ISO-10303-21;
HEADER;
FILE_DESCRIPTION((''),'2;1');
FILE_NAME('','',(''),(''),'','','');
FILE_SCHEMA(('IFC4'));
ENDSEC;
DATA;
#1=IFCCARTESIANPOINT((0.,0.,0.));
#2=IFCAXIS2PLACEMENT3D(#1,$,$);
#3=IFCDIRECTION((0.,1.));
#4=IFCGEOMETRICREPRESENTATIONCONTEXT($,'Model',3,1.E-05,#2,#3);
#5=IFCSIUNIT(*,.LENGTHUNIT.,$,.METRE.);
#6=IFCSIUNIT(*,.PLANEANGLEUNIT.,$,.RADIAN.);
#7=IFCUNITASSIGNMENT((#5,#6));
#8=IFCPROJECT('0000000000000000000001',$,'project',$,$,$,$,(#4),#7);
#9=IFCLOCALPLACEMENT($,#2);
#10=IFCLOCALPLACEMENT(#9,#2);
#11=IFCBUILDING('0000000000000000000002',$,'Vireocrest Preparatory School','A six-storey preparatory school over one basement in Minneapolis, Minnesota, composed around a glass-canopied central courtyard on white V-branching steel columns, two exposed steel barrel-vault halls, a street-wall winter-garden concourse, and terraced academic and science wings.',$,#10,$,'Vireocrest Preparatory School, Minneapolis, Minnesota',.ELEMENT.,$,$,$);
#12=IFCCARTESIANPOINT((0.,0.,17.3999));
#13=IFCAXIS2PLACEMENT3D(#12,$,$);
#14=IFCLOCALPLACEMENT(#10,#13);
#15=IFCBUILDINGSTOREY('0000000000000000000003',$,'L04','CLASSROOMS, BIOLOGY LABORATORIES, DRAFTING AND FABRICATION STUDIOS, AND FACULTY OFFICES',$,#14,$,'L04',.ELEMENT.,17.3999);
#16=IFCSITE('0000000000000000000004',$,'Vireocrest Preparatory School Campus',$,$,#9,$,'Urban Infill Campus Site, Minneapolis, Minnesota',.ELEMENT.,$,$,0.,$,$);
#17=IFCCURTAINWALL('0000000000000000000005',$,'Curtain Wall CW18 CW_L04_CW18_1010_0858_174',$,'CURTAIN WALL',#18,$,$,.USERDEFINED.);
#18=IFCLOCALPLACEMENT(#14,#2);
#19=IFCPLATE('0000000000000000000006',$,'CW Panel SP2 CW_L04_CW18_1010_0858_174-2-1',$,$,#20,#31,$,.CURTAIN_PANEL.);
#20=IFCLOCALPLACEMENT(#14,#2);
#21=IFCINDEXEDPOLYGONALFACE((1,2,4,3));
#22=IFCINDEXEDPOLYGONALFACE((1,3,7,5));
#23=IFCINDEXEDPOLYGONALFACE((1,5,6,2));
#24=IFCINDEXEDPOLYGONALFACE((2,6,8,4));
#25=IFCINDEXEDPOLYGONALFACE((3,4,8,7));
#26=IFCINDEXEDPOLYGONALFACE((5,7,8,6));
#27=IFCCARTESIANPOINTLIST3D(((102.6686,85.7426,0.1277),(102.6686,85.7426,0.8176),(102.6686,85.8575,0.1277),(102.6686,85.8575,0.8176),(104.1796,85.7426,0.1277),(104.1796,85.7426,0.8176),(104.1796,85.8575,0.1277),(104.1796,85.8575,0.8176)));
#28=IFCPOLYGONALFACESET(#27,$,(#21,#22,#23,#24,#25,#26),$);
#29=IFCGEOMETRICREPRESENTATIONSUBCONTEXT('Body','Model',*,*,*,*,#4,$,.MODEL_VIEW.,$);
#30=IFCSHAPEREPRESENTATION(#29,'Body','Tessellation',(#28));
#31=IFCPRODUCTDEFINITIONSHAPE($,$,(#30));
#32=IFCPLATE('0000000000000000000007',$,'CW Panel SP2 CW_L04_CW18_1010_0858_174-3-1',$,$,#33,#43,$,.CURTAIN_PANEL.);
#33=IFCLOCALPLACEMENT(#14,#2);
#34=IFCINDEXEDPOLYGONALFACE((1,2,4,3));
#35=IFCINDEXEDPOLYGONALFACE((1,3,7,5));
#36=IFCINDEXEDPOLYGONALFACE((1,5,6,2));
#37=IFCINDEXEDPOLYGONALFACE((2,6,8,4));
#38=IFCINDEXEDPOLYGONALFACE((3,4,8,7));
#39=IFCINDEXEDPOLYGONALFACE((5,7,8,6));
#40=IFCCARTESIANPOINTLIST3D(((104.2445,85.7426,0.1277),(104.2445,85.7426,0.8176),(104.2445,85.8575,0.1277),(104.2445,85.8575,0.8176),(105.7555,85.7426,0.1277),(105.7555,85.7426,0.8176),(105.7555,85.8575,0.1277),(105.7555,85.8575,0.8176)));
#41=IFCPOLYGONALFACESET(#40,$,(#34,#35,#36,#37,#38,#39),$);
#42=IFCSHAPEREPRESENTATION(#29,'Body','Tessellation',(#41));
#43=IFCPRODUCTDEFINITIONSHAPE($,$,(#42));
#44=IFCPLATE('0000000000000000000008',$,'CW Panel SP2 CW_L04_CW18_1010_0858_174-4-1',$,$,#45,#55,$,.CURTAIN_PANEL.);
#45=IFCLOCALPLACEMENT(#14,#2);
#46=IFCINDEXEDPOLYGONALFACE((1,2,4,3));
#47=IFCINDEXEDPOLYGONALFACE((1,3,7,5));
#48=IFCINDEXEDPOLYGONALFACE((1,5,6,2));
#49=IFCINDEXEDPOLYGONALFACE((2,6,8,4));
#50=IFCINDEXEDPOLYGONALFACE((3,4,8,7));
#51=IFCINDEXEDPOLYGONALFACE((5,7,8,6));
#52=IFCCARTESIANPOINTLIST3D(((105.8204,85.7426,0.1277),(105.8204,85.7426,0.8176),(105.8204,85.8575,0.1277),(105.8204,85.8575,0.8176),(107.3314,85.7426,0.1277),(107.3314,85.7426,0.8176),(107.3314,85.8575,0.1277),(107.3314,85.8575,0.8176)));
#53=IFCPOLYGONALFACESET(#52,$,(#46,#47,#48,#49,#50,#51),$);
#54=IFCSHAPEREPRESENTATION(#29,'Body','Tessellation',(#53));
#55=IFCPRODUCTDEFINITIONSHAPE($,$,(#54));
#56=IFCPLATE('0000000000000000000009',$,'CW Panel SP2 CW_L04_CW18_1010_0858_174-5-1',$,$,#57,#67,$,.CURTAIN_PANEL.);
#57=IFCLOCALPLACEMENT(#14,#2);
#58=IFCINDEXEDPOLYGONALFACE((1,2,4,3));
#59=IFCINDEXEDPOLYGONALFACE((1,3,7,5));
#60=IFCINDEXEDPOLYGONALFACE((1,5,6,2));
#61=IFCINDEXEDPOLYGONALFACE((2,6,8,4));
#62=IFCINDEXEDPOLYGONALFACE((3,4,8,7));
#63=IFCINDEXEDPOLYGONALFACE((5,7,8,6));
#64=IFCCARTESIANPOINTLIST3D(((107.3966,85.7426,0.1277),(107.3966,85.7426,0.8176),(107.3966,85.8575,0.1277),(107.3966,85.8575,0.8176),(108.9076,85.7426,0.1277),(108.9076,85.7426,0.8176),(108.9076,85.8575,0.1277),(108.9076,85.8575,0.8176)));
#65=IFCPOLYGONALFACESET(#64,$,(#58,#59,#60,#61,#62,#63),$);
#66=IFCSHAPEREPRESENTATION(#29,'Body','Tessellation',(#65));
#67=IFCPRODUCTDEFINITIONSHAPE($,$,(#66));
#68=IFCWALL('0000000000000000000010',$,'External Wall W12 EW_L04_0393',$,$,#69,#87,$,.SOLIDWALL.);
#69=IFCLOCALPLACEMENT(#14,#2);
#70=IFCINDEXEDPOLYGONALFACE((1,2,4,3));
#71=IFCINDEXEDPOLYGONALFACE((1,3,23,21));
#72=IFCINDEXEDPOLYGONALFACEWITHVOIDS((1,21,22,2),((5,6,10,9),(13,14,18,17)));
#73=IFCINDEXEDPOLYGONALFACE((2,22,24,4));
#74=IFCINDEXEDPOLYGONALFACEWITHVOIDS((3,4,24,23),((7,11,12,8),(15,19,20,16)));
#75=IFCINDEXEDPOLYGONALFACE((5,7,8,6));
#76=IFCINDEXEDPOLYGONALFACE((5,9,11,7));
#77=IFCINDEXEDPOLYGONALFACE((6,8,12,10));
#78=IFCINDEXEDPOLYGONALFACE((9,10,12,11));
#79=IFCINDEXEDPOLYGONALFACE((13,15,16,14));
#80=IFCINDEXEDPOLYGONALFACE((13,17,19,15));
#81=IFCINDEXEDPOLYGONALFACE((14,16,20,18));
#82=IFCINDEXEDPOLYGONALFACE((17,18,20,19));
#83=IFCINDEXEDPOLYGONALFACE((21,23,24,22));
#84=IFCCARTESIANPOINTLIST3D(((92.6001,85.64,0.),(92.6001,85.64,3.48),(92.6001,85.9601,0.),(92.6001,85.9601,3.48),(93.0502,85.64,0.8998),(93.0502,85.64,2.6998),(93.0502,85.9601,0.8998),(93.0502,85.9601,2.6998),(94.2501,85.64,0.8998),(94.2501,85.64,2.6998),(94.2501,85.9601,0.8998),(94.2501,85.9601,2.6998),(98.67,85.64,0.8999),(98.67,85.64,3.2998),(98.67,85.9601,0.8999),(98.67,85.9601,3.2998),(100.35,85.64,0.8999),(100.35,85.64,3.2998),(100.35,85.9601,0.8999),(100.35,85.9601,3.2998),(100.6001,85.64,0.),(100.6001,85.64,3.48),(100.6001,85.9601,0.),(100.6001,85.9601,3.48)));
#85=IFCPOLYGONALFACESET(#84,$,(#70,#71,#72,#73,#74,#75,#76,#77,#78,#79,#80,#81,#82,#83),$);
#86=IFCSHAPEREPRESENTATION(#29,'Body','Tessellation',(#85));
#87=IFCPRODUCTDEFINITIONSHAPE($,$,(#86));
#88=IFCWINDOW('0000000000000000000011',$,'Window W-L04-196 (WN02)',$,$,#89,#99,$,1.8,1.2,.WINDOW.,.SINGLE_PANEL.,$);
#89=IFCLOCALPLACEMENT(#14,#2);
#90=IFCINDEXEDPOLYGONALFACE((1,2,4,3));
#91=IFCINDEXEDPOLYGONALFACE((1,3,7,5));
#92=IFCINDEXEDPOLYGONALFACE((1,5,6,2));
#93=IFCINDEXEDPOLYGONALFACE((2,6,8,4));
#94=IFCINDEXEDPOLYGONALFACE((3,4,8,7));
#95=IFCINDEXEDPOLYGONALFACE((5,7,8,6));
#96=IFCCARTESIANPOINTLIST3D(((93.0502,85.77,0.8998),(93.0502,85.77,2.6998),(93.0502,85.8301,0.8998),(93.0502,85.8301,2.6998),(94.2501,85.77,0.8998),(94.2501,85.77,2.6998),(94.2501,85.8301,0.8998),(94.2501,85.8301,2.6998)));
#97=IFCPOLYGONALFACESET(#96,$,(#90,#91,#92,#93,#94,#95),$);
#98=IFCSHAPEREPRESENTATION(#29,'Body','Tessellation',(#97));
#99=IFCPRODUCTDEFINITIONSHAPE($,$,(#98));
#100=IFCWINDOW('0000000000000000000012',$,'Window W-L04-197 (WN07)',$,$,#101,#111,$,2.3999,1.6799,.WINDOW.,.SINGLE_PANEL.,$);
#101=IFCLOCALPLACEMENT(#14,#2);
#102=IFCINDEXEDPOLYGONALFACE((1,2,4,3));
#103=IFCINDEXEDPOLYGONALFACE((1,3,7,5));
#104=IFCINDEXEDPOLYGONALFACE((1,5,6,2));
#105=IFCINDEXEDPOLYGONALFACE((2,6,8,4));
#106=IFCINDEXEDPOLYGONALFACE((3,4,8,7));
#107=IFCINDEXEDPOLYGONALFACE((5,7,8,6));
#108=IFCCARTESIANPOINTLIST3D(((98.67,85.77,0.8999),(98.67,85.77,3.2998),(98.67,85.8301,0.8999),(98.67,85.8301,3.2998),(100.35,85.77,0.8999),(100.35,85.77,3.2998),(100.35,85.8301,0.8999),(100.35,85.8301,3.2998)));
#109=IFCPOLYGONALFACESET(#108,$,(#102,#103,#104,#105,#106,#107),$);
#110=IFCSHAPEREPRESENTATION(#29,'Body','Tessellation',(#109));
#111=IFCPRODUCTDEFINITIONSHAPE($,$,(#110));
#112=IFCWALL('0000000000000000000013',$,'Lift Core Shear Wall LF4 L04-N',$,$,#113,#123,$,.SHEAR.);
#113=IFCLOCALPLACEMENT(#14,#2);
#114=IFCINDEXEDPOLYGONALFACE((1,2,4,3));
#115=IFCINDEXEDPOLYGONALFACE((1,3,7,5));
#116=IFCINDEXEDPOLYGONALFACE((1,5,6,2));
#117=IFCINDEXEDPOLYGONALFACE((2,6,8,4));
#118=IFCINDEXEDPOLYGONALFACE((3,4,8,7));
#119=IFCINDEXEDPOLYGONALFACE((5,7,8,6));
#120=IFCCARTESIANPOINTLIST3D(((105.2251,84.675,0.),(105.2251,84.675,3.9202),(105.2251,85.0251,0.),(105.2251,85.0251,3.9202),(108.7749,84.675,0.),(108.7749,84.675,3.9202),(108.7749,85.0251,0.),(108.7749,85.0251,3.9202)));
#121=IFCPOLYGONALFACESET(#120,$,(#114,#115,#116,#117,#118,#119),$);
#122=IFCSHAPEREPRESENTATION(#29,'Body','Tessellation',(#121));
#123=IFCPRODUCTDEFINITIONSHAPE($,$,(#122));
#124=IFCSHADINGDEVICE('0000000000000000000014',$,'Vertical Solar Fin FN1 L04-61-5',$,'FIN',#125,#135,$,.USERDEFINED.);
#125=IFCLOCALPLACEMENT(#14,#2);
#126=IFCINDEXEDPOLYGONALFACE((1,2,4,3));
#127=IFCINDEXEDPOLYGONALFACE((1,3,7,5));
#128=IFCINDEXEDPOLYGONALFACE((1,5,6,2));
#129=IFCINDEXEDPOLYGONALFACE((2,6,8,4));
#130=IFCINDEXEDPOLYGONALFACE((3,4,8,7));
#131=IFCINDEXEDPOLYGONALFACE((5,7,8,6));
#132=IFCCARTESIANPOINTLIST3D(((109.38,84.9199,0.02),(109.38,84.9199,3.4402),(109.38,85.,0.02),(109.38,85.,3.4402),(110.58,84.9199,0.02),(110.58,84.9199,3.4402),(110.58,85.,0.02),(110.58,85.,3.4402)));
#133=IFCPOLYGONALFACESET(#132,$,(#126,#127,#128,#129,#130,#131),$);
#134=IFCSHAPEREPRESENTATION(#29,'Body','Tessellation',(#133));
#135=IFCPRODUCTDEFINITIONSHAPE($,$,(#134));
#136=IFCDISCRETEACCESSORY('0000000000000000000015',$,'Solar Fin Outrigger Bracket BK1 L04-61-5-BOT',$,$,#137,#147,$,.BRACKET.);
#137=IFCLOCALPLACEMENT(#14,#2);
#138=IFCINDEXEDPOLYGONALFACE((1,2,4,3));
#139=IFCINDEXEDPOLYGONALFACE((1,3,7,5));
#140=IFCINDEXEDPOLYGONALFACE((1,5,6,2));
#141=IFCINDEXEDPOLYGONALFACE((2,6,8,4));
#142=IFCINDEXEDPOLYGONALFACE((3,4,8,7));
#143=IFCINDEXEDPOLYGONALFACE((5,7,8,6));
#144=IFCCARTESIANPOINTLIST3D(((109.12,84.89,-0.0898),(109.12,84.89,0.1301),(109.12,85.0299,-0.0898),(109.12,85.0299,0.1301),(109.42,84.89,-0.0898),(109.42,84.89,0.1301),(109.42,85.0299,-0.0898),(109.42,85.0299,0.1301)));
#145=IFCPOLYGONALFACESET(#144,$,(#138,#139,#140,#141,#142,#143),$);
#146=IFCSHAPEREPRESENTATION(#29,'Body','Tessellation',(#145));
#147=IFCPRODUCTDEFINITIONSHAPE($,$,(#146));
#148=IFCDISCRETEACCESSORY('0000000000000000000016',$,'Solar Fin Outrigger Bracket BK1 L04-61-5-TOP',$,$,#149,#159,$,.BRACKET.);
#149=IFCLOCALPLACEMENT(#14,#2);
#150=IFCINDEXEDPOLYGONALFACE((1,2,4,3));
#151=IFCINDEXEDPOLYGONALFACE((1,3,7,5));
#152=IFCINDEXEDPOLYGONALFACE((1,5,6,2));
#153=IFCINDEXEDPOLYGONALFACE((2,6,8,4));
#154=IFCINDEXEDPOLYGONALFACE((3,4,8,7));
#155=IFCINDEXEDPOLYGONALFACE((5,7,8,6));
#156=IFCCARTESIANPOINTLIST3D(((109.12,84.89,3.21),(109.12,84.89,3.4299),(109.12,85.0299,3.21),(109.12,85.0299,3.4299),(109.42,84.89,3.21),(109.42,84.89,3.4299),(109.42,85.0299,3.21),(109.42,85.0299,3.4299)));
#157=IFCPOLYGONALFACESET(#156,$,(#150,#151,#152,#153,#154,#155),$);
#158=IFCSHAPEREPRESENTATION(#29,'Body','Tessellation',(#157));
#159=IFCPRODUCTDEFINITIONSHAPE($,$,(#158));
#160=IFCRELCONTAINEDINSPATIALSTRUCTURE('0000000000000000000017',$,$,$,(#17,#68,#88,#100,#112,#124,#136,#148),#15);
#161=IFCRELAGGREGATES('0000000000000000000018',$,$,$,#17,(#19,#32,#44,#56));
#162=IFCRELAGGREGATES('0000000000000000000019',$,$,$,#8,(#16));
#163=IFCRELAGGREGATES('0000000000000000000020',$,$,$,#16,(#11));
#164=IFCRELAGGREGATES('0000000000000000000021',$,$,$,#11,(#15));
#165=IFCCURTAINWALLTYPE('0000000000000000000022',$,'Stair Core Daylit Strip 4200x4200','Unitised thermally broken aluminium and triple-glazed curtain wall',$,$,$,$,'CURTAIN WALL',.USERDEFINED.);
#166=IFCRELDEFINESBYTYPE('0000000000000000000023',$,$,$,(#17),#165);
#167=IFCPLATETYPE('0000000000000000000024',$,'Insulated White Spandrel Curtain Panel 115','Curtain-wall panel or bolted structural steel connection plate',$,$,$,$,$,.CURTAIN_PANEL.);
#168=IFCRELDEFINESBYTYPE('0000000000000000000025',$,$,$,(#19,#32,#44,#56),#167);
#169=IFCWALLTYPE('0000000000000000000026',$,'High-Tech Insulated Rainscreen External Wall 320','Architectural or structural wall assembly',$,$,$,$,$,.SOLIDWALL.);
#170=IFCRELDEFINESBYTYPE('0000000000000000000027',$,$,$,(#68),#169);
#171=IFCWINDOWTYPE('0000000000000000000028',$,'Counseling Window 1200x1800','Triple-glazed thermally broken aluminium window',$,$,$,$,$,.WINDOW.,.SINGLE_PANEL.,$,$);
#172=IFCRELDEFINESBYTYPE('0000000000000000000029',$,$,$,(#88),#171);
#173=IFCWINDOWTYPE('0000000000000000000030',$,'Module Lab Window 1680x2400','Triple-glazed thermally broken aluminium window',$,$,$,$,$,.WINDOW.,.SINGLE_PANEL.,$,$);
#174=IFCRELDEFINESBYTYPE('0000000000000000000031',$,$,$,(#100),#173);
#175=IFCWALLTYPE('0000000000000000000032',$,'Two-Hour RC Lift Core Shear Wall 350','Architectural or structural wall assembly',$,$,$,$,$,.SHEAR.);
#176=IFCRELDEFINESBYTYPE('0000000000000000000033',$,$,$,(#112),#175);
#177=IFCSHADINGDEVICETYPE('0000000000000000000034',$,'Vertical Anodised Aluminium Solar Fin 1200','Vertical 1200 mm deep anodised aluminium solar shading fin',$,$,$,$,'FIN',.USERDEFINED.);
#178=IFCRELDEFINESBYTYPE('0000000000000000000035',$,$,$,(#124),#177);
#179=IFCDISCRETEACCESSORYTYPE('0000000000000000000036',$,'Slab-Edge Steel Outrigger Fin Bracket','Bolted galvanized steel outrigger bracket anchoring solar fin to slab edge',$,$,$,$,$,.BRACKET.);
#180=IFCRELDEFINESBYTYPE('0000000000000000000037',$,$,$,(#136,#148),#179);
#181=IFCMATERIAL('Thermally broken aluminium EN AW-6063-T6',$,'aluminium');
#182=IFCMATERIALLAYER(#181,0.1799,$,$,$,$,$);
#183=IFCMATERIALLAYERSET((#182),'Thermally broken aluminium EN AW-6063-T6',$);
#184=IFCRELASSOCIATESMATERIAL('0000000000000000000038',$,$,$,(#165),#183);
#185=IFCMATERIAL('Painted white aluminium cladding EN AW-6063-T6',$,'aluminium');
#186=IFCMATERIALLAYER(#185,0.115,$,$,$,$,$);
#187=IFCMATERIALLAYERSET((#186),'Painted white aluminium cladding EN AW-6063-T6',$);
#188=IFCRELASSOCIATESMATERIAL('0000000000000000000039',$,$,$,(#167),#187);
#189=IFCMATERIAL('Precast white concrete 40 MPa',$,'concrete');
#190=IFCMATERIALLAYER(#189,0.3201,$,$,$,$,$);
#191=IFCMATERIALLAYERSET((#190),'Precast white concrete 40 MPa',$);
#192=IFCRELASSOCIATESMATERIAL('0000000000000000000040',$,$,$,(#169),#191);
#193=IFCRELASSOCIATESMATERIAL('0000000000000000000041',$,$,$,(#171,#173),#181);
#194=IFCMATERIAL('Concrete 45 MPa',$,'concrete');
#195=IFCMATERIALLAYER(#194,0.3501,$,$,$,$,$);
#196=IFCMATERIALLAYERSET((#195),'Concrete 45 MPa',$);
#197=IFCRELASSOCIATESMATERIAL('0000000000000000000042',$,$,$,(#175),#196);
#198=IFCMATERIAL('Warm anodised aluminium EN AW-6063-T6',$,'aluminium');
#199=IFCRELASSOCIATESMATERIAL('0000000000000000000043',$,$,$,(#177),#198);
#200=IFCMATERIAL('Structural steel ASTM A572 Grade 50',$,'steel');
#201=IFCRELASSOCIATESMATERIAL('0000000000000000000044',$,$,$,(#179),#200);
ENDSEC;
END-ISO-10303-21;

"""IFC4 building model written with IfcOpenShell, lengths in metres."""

from ifc_helpers import new_model, si_unit, direction, frame, frame_2d, origin, origin_2d, place, context, subcontext, project, spatial, rectangle, extrude, material, layer, layer_set, material_profile, profile_set, type_object, element, fill, aggregate, save


model = new_model("IFC4")

# Units and contexts
model_context = context("Model", 3, precision=1e-05, world=origin(), true_north=direction((0.0, 1.0)))
body_context = subcontext(model_context, "Body", "Model", "MODEL_VIEW")
ifc_project = project(units=[si_unit("LENGTHUNIT", "METRE"), si_unit("PLANEANGLEUNIT", "RADIAN")], contexts=[model_context])

# Site, building, storey
site_placement = place(None, origin())
site = spatial("IfcSite", under=ifc_project, at=site_placement, Name="Vireocrest Preparatory School Campus", LongName="Urban Infill Campus Site, Minneapolis, Minnesota", CompositionType="ELEMENT", RefElevation=0.0)
building_placement = place(site_placement, origin())
building = spatial("IfcBuilding", under=site, at=building_placement, Name="Vireocrest Preparatory School", Description="A six-storey preparatory school over one basement in Minneapolis, Minnesota, composed around a glass-canopied central courtyard on white V-branching steel columns, two exposed steel barrel-vault halls, a street-wall winter-garden concourse, and terraced academic and science wings.", LongName="Vireocrest Preparatory School, Minneapolis, Minnesota", CompositionType="ELEMENT")
storey_placement = place(building_placement, frame((0.0, 0.0, 17.3999)))
storey = spatial("IfcBuildingStorey", under=building, at=storey_placement, Name="L04", Description="CLASSROOMS, BIOLOGY LABORATORIES, DRAFTING AND FABRICATION STUDIOS, AND FACULTY OFFICES", LongName="L04", CompositionType="ELEMENT", Elevation=17.3999)

# Shared definitions
ifc_material_1 = material(Name="Concrete 45 MPa", Category="concrete")

# Shared definitions
ifc_material_2 = material(Name="Thermally broken aluminium EN AW-6063-T6", Category="aluminium")

# Curtain wall
ifc_layer_1 = layer(ifc_material_2, 0.1799)
ifc_layer_set_1 = layer_set([ifc_layer_1], Name="Thermally broken aluminium EN AW-6063-T6")
curtain_wall_type_1 = type_object("IfcCurtainWallType", Name="Stair Core Daylit Strip 4200x4200", Description="Unitised thermally broken aluminium and triple-glazed curtain wall", ElementType="CURTAIN WALL", PredefinedType="USERDEFINED", material=ifc_layer_set_1)
curtain_wall_1_placement = place(storey_placement, origin())
curtain_wall_1 = element("IfcCurtainWall", 1, at=curtain_wall_1_placement, inside=storey, type_object=curtain_wall_type_1, Name="Curtain Wall CW18 CW_L04_CW18_1010_0858_174", ObjectType="CURTAIN WALL", PredefinedType="USERDEFINED")

# Plates
ifc_material_3 = material(Name="Painted white aluminium cladding EN AW-6063-T6", Category="aluminium")
ifc_layer_2 = layer(ifc_material_3, 0.115)
ifc_layer_set_2 = layer_set([ifc_layer_2], Name="Painted white aluminium cladding EN AW-6063-T6")
plate_type_1 = type_object("IfcPlateType", Name="Insulated White Spandrel Curtain Panel 115", Description="Curtain-wall panel or bolted structural steel connection plate", PredefinedType="CURTAIN_PANEL", material=ifc_layer_set_2)
plate_1_placement = place(storey_placement, frame((103.4241, 85.8, 0.1277), z_axis=(0.0, 0.0, 1.0), x_axis=(1.0, 0.0, 0.0)))
plate_1 = element("IfcPlate", 2, at=plate_1_placement, type_object=plate_type_1, Name="CW Panel SP2 CW_L04_CW18_1010_0858_174-2-1", PredefinedType="CURTAIN_PANEL", context=body_context, shape_type="SweptSolid", body=[
    extrude(rectangle(XDim=1.511, YDim=0.115, at=origin_2d()), origin(), (0.0, 0.0, 1.0), 0.6899),
])
plate_2_placement = place(storey_placement, frame((105.0, 85.8, 0.1277), z_axis=(0.0, 0.0, 1.0), x_axis=(1.0, 0.0, 0.0)))
plate_2 = element("IfcPlate", 3, at=plate_2_placement, type_object=plate_type_1, Name="CW Panel SP2 CW_L04_CW18_1010_0858_174-3-1", PredefinedType="CURTAIN_PANEL", context=body_context, shape_type="SweptSolid", body=[
    extrude(rectangle(XDim=1.511, YDim=0.115, at=origin_2d()), origin(), (0.0, 0.0, 1.0), 0.6899),
])
plate_3_placement = place(storey_placement, frame((106.5759, 85.8, 0.1277), z_axis=(0.0, 0.0, 1.0), x_axis=(1.0, 0.0, 0.0)))
plate_3 = element("IfcPlate", 4, at=plate_3_placement, type_object=plate_type_1, Name="CW Panel SP2 CW_L04_CW18_1010_0858_174-4-1", PredefinedType="CURTAIN_PANEL", context=body_context, shape_type="SweptSolid", body=[
    extrude(rectangle(XDim=1.511, YDim=0.115, at=origin_2d()), origin(), (0.0, 0.0, 1.0), 0.6899),
])
plate_4_placement = place(storey_placement, frame((108.1521, 85.8, 0.1277), z_axis=(0.0, 0.0, 1.0), x_axis=(1.0, 0.0, 0.0)))
plate_4 = element("IfcPlate", 5, at=plate_4_placement, type_object=plate_type_1, Name="CW Panel SP2 CW_L04_CW18_1010_0858_174-5-1", PredefinedType="CURTAIN_PANEL", context=body_context, shape_type="SweptSolid", body=[
    extrude(rectangle(XDim=1.511, YDim=0.115, at=origin_2d()), origin(), (0.0, 0.0, 1.0), 0.6899),
])
aggregate(curtain_wall_1, [plate_1, plate_2, plate_3, plate_4])

# Wall, openings, windows
ifc_material_4 = material(Name="Precast white concrete 40 MPa", Category="concrete")
ifc_layer_3 = layer(ifc_material_4, 0.3201)
ifc_layer_set_3 = layer_set([ifc_layer_3], Name="Precast white concrete 40 MPa")
wall_type_1 = type_object("IfcWallType", Name="High-Tech Insulated Rainscreen External Wall 320", Description="Architectural or structural wall assembly", PredefinedType="SOLIDWALL", material=ifc_layer_set_3)
wall_1_placement = place(storey_placement, frame((92.6001, 85.8, 0.0), z_axis=(0.0, 0.0, 1.0), x_axis=(1.0, 0.0, 0.0)))
wall_1 = element("IfcWall", 6, at=wall_1_placement, inside=storey, type_object=wall_type_1, Name="External Wall W12 EW_L04_0393", PredefinedType="SOLIDWALL", context=body_context, shape_type="SweptSolid", body=[
    extrude(rectangle(XDim=8.0, YDim=0.3201, at=frame_2d((4.0, 0.0))), origin(), (0.0, 0.0, 1.0), 3.48),
])
opening_1_placement = place(wall_1_placement, frame((0.45, 0.0, 0.8999)))
opening_1 = element("IfcOpeningElement", 7, at=opening_1_placement, cuts=wall_1, PredefinedType="OPENING", context=body_context, shape_type="SweptSolid", body=[
    extrude(rectangle(XDim=1.2, YDim=1.8, at=frame_2d((0.6001, 0.8999))), frame((0.0, 0.1699, 0.0), z_axis=(0.0, -1.0, 0.0), x_axis=(1.0, 0.0, 0.0)), (0.0, 0.0, 1.0), 0.3401),
])
opening_2_placement = place(wall_1_placement, frame((6.0701, 0.0, 0.8999)))
opening_2 = element("IfcOpeningElement", 8, at=opening_2_placement, cuts=wall_1, PredefinedType="OPENING", context=body_context, shape_type="SweptSolid", body=[
    extrude(rectangle(XDim=1.6799, YDim=2.3999, at=frame_2d((0.8398, 1.2))), frame((0.0, 0.1699, 0.0), z_axis=(0.0, -1.0, 0.0), x_axis=(1.0, 0.0, 0.0)), (0.0, 0.0, 1.0), 0.3401),
])
window_type_1 = type_object("IfcWindowType", Name="Counseling Window 1200x1800", Description="Triple-glazed thermally broken aluminium window", PartitioningType="SINGLE_PANEL", PredefinedType="WINDOW", material=ifc_material_2)
window_1_placement = place(opening_1_placement, origin())
window_1 = element("IfcWindow", 9, at=window_1_placement, inside=storey, type_object=window_type_1, Name="Window W-L04-196 (WN02)", OverallHeight=1.8, OverallWidth=1.2, PartitioningType="SINGLE_PANEL", PredefinedType="WINDOW", context=body_context, shape_type="SweptSolid", body=[
    extrude(rectangle(XDim=1.2, YDim=1.8, at=frame_2d((0.6001, 0.8999))), frame((0.0, 0.03, 0.0), z_axis=(0.0, -1.0, 0.0), x_axis=(1.0, 0.0, 0.0)), (0.0, 0.0, 1.0), 0.0601),
])
fill(opening_1, window_1)
window_type_2 = type_object("IfcWindowType", Name="Module Lab Window 1680x2400", Description="Triple-glazed thermally broken aluminium window", PartitioningType="SINGLE_PANEL", PredefinedType="WINDOW", material=ifc_material_2)
window_2_placement = place(opening_2_placement, origin())
window_2 = element("IfcWindow", 10, at=window_2_placement, inside=storey, type_object=window_type_2, Name="Window W-L04-197 (WN07)", OverallHeight=2.3999, OverallWidth=1.6799, PartitioningType="SINGLE_PANEL", PredefinedType="WINDOW", context=body_context, shape_type="SweptSolid", body=[
    extrude(rectangle(XDim=1.6799, YDim=2.3999, at=frame_2d((0.8398, 1.2))), frame((0.0, 0.03, 0.0), z_axis=(0.0, -1.0, 0.0), x_axis=(1.0, 0.0, 0.0)), (0.0, 0.0, 1.0), 0.0601),
])
fill(opening_2, window_2)

# Wall
ifc_layer_4 = layer(ifc_material_1, 0.3501)
ifc_layer_set_4 = layer_set([ifc_layer_4], Name="Concrete 45 MPa")
wall_type_2 = type_object("IfcWallType", Name="Two-Hour RC Lift Core Shear Wall 350", Description="Architectural or structural wall assembly", PredefinedType="SHEAR", material=ifc_layer_set_4)
wall_2_placement = place(storey_placement, frame((105.2251, 84.8501, 0.0), z_axis=(0.0, 0.0, 1.0), x_axis=(1.0, 0.0, 0.0)))
element("IfcWall", 11, at=wall_2_placement, inside=storey, type_object=wall_type_2, Name="Lift Core Shear Wall LF4 L04-N", PredefinedType="SHEAR", context=body_context, shape_type="SweptSolid", body=[
    extrude(rectangle(XDim=3.5498, YDim=0.3501, at=frame_2d((1.7749, 0.0))), origin(), (0.0, 0.0, 1.0), 3.9202),
])

# Shading device
ifc_material_5 = material(Name="Warm anodised aluminium EN AW-6063-T6", Category="aluminium")
ifc_material_profile_1 = material_profile(ifc_material_5, rectangle(XDim=0.0801, YDim=1.2, at=origin_2d()), Name="FIN 80x1200")
ifc_profile_set_1 = profile_set([ifc_material_profile_1], Name="Warm anodised aluminium EN AW-6063-T6")
shading_device_type = type_object("IfcShadingDeviceType", Name="Vertical Anodised Aluminium Solar Fin 1200", Description="Vertical 1200 mm deep anodised aluminium solar shading fin", ElementType="FIN", PredefinedType="USERDEFINED", material=ifc_profile_set_1)
shading_device_placement = place(storey_placement, frame((109.98, 84.96, 0.02), z_axis=(0.0, 0.0, 1.0), x_axis=(0.0, -1.0, 0.0)))
element("IfcShadingDevice", 12, at=shading_device_placement, inside=storey, type_object=shading_device_type, Name="Vertical Solar Fin FN1 L04-61-5", ObjectType="FIN", PredefinedType="USERDEFINED", context=body_context, shape_type="SweptSolid", body=[
    extrude(rectangle(XDim=0.0801, YDim=1.2, at=origin_2d()), origin(), (0.0, 0.0, 1.0), 3.4202),
])

# Discrete accessories
ifc_material_6 = material(Name="Structural steel ASTM A572 Grade 50", Category="steel")
discrete_accessory_type = type_object("IfcDiscreteAccessoryType", Name="Slab-Edge Steel Outrigger Fin Bracket", Description="Bolted galvanized steel outrigger bracket anchoring solar fin to slab edge", PredefinedType="BRACKET", material=ifc_material_6)
for number, where, z_axis, x_axis, name in (
    (13, (109.27, 84.96, -0.0898), (0.0, 0.0, 1.0), (0.0, -1.0, 0.0), "Solar Fin Outrigger Bracket BK1 L04-61-5-BOT"),
    (14, (109.27, 84.96, 3.21), (0.0, 0.0, 1.0), (0.0, -1.0, 0.0), "Solar Fin Outrigger Bracket BK1 L04-61-5-TOP"),
):
    element("IfcDiscreteAccessory", number, at=place(storey_placement, frame(where, z_axis=z_axis, x_axis=x_axis)), inside=storey, type_object=discrete_accessory_type, Name=name, PredefinedType="BRACKET", context=body_context, shape_type="SweptSolid", body=[
        extrude(rectangle(XDim=0.1399, YDim=0.3, at=origin_2d()), origin(), (0.0, 0.0, 1.0), 0.22),
    ])

save(model, "model.ifc")
